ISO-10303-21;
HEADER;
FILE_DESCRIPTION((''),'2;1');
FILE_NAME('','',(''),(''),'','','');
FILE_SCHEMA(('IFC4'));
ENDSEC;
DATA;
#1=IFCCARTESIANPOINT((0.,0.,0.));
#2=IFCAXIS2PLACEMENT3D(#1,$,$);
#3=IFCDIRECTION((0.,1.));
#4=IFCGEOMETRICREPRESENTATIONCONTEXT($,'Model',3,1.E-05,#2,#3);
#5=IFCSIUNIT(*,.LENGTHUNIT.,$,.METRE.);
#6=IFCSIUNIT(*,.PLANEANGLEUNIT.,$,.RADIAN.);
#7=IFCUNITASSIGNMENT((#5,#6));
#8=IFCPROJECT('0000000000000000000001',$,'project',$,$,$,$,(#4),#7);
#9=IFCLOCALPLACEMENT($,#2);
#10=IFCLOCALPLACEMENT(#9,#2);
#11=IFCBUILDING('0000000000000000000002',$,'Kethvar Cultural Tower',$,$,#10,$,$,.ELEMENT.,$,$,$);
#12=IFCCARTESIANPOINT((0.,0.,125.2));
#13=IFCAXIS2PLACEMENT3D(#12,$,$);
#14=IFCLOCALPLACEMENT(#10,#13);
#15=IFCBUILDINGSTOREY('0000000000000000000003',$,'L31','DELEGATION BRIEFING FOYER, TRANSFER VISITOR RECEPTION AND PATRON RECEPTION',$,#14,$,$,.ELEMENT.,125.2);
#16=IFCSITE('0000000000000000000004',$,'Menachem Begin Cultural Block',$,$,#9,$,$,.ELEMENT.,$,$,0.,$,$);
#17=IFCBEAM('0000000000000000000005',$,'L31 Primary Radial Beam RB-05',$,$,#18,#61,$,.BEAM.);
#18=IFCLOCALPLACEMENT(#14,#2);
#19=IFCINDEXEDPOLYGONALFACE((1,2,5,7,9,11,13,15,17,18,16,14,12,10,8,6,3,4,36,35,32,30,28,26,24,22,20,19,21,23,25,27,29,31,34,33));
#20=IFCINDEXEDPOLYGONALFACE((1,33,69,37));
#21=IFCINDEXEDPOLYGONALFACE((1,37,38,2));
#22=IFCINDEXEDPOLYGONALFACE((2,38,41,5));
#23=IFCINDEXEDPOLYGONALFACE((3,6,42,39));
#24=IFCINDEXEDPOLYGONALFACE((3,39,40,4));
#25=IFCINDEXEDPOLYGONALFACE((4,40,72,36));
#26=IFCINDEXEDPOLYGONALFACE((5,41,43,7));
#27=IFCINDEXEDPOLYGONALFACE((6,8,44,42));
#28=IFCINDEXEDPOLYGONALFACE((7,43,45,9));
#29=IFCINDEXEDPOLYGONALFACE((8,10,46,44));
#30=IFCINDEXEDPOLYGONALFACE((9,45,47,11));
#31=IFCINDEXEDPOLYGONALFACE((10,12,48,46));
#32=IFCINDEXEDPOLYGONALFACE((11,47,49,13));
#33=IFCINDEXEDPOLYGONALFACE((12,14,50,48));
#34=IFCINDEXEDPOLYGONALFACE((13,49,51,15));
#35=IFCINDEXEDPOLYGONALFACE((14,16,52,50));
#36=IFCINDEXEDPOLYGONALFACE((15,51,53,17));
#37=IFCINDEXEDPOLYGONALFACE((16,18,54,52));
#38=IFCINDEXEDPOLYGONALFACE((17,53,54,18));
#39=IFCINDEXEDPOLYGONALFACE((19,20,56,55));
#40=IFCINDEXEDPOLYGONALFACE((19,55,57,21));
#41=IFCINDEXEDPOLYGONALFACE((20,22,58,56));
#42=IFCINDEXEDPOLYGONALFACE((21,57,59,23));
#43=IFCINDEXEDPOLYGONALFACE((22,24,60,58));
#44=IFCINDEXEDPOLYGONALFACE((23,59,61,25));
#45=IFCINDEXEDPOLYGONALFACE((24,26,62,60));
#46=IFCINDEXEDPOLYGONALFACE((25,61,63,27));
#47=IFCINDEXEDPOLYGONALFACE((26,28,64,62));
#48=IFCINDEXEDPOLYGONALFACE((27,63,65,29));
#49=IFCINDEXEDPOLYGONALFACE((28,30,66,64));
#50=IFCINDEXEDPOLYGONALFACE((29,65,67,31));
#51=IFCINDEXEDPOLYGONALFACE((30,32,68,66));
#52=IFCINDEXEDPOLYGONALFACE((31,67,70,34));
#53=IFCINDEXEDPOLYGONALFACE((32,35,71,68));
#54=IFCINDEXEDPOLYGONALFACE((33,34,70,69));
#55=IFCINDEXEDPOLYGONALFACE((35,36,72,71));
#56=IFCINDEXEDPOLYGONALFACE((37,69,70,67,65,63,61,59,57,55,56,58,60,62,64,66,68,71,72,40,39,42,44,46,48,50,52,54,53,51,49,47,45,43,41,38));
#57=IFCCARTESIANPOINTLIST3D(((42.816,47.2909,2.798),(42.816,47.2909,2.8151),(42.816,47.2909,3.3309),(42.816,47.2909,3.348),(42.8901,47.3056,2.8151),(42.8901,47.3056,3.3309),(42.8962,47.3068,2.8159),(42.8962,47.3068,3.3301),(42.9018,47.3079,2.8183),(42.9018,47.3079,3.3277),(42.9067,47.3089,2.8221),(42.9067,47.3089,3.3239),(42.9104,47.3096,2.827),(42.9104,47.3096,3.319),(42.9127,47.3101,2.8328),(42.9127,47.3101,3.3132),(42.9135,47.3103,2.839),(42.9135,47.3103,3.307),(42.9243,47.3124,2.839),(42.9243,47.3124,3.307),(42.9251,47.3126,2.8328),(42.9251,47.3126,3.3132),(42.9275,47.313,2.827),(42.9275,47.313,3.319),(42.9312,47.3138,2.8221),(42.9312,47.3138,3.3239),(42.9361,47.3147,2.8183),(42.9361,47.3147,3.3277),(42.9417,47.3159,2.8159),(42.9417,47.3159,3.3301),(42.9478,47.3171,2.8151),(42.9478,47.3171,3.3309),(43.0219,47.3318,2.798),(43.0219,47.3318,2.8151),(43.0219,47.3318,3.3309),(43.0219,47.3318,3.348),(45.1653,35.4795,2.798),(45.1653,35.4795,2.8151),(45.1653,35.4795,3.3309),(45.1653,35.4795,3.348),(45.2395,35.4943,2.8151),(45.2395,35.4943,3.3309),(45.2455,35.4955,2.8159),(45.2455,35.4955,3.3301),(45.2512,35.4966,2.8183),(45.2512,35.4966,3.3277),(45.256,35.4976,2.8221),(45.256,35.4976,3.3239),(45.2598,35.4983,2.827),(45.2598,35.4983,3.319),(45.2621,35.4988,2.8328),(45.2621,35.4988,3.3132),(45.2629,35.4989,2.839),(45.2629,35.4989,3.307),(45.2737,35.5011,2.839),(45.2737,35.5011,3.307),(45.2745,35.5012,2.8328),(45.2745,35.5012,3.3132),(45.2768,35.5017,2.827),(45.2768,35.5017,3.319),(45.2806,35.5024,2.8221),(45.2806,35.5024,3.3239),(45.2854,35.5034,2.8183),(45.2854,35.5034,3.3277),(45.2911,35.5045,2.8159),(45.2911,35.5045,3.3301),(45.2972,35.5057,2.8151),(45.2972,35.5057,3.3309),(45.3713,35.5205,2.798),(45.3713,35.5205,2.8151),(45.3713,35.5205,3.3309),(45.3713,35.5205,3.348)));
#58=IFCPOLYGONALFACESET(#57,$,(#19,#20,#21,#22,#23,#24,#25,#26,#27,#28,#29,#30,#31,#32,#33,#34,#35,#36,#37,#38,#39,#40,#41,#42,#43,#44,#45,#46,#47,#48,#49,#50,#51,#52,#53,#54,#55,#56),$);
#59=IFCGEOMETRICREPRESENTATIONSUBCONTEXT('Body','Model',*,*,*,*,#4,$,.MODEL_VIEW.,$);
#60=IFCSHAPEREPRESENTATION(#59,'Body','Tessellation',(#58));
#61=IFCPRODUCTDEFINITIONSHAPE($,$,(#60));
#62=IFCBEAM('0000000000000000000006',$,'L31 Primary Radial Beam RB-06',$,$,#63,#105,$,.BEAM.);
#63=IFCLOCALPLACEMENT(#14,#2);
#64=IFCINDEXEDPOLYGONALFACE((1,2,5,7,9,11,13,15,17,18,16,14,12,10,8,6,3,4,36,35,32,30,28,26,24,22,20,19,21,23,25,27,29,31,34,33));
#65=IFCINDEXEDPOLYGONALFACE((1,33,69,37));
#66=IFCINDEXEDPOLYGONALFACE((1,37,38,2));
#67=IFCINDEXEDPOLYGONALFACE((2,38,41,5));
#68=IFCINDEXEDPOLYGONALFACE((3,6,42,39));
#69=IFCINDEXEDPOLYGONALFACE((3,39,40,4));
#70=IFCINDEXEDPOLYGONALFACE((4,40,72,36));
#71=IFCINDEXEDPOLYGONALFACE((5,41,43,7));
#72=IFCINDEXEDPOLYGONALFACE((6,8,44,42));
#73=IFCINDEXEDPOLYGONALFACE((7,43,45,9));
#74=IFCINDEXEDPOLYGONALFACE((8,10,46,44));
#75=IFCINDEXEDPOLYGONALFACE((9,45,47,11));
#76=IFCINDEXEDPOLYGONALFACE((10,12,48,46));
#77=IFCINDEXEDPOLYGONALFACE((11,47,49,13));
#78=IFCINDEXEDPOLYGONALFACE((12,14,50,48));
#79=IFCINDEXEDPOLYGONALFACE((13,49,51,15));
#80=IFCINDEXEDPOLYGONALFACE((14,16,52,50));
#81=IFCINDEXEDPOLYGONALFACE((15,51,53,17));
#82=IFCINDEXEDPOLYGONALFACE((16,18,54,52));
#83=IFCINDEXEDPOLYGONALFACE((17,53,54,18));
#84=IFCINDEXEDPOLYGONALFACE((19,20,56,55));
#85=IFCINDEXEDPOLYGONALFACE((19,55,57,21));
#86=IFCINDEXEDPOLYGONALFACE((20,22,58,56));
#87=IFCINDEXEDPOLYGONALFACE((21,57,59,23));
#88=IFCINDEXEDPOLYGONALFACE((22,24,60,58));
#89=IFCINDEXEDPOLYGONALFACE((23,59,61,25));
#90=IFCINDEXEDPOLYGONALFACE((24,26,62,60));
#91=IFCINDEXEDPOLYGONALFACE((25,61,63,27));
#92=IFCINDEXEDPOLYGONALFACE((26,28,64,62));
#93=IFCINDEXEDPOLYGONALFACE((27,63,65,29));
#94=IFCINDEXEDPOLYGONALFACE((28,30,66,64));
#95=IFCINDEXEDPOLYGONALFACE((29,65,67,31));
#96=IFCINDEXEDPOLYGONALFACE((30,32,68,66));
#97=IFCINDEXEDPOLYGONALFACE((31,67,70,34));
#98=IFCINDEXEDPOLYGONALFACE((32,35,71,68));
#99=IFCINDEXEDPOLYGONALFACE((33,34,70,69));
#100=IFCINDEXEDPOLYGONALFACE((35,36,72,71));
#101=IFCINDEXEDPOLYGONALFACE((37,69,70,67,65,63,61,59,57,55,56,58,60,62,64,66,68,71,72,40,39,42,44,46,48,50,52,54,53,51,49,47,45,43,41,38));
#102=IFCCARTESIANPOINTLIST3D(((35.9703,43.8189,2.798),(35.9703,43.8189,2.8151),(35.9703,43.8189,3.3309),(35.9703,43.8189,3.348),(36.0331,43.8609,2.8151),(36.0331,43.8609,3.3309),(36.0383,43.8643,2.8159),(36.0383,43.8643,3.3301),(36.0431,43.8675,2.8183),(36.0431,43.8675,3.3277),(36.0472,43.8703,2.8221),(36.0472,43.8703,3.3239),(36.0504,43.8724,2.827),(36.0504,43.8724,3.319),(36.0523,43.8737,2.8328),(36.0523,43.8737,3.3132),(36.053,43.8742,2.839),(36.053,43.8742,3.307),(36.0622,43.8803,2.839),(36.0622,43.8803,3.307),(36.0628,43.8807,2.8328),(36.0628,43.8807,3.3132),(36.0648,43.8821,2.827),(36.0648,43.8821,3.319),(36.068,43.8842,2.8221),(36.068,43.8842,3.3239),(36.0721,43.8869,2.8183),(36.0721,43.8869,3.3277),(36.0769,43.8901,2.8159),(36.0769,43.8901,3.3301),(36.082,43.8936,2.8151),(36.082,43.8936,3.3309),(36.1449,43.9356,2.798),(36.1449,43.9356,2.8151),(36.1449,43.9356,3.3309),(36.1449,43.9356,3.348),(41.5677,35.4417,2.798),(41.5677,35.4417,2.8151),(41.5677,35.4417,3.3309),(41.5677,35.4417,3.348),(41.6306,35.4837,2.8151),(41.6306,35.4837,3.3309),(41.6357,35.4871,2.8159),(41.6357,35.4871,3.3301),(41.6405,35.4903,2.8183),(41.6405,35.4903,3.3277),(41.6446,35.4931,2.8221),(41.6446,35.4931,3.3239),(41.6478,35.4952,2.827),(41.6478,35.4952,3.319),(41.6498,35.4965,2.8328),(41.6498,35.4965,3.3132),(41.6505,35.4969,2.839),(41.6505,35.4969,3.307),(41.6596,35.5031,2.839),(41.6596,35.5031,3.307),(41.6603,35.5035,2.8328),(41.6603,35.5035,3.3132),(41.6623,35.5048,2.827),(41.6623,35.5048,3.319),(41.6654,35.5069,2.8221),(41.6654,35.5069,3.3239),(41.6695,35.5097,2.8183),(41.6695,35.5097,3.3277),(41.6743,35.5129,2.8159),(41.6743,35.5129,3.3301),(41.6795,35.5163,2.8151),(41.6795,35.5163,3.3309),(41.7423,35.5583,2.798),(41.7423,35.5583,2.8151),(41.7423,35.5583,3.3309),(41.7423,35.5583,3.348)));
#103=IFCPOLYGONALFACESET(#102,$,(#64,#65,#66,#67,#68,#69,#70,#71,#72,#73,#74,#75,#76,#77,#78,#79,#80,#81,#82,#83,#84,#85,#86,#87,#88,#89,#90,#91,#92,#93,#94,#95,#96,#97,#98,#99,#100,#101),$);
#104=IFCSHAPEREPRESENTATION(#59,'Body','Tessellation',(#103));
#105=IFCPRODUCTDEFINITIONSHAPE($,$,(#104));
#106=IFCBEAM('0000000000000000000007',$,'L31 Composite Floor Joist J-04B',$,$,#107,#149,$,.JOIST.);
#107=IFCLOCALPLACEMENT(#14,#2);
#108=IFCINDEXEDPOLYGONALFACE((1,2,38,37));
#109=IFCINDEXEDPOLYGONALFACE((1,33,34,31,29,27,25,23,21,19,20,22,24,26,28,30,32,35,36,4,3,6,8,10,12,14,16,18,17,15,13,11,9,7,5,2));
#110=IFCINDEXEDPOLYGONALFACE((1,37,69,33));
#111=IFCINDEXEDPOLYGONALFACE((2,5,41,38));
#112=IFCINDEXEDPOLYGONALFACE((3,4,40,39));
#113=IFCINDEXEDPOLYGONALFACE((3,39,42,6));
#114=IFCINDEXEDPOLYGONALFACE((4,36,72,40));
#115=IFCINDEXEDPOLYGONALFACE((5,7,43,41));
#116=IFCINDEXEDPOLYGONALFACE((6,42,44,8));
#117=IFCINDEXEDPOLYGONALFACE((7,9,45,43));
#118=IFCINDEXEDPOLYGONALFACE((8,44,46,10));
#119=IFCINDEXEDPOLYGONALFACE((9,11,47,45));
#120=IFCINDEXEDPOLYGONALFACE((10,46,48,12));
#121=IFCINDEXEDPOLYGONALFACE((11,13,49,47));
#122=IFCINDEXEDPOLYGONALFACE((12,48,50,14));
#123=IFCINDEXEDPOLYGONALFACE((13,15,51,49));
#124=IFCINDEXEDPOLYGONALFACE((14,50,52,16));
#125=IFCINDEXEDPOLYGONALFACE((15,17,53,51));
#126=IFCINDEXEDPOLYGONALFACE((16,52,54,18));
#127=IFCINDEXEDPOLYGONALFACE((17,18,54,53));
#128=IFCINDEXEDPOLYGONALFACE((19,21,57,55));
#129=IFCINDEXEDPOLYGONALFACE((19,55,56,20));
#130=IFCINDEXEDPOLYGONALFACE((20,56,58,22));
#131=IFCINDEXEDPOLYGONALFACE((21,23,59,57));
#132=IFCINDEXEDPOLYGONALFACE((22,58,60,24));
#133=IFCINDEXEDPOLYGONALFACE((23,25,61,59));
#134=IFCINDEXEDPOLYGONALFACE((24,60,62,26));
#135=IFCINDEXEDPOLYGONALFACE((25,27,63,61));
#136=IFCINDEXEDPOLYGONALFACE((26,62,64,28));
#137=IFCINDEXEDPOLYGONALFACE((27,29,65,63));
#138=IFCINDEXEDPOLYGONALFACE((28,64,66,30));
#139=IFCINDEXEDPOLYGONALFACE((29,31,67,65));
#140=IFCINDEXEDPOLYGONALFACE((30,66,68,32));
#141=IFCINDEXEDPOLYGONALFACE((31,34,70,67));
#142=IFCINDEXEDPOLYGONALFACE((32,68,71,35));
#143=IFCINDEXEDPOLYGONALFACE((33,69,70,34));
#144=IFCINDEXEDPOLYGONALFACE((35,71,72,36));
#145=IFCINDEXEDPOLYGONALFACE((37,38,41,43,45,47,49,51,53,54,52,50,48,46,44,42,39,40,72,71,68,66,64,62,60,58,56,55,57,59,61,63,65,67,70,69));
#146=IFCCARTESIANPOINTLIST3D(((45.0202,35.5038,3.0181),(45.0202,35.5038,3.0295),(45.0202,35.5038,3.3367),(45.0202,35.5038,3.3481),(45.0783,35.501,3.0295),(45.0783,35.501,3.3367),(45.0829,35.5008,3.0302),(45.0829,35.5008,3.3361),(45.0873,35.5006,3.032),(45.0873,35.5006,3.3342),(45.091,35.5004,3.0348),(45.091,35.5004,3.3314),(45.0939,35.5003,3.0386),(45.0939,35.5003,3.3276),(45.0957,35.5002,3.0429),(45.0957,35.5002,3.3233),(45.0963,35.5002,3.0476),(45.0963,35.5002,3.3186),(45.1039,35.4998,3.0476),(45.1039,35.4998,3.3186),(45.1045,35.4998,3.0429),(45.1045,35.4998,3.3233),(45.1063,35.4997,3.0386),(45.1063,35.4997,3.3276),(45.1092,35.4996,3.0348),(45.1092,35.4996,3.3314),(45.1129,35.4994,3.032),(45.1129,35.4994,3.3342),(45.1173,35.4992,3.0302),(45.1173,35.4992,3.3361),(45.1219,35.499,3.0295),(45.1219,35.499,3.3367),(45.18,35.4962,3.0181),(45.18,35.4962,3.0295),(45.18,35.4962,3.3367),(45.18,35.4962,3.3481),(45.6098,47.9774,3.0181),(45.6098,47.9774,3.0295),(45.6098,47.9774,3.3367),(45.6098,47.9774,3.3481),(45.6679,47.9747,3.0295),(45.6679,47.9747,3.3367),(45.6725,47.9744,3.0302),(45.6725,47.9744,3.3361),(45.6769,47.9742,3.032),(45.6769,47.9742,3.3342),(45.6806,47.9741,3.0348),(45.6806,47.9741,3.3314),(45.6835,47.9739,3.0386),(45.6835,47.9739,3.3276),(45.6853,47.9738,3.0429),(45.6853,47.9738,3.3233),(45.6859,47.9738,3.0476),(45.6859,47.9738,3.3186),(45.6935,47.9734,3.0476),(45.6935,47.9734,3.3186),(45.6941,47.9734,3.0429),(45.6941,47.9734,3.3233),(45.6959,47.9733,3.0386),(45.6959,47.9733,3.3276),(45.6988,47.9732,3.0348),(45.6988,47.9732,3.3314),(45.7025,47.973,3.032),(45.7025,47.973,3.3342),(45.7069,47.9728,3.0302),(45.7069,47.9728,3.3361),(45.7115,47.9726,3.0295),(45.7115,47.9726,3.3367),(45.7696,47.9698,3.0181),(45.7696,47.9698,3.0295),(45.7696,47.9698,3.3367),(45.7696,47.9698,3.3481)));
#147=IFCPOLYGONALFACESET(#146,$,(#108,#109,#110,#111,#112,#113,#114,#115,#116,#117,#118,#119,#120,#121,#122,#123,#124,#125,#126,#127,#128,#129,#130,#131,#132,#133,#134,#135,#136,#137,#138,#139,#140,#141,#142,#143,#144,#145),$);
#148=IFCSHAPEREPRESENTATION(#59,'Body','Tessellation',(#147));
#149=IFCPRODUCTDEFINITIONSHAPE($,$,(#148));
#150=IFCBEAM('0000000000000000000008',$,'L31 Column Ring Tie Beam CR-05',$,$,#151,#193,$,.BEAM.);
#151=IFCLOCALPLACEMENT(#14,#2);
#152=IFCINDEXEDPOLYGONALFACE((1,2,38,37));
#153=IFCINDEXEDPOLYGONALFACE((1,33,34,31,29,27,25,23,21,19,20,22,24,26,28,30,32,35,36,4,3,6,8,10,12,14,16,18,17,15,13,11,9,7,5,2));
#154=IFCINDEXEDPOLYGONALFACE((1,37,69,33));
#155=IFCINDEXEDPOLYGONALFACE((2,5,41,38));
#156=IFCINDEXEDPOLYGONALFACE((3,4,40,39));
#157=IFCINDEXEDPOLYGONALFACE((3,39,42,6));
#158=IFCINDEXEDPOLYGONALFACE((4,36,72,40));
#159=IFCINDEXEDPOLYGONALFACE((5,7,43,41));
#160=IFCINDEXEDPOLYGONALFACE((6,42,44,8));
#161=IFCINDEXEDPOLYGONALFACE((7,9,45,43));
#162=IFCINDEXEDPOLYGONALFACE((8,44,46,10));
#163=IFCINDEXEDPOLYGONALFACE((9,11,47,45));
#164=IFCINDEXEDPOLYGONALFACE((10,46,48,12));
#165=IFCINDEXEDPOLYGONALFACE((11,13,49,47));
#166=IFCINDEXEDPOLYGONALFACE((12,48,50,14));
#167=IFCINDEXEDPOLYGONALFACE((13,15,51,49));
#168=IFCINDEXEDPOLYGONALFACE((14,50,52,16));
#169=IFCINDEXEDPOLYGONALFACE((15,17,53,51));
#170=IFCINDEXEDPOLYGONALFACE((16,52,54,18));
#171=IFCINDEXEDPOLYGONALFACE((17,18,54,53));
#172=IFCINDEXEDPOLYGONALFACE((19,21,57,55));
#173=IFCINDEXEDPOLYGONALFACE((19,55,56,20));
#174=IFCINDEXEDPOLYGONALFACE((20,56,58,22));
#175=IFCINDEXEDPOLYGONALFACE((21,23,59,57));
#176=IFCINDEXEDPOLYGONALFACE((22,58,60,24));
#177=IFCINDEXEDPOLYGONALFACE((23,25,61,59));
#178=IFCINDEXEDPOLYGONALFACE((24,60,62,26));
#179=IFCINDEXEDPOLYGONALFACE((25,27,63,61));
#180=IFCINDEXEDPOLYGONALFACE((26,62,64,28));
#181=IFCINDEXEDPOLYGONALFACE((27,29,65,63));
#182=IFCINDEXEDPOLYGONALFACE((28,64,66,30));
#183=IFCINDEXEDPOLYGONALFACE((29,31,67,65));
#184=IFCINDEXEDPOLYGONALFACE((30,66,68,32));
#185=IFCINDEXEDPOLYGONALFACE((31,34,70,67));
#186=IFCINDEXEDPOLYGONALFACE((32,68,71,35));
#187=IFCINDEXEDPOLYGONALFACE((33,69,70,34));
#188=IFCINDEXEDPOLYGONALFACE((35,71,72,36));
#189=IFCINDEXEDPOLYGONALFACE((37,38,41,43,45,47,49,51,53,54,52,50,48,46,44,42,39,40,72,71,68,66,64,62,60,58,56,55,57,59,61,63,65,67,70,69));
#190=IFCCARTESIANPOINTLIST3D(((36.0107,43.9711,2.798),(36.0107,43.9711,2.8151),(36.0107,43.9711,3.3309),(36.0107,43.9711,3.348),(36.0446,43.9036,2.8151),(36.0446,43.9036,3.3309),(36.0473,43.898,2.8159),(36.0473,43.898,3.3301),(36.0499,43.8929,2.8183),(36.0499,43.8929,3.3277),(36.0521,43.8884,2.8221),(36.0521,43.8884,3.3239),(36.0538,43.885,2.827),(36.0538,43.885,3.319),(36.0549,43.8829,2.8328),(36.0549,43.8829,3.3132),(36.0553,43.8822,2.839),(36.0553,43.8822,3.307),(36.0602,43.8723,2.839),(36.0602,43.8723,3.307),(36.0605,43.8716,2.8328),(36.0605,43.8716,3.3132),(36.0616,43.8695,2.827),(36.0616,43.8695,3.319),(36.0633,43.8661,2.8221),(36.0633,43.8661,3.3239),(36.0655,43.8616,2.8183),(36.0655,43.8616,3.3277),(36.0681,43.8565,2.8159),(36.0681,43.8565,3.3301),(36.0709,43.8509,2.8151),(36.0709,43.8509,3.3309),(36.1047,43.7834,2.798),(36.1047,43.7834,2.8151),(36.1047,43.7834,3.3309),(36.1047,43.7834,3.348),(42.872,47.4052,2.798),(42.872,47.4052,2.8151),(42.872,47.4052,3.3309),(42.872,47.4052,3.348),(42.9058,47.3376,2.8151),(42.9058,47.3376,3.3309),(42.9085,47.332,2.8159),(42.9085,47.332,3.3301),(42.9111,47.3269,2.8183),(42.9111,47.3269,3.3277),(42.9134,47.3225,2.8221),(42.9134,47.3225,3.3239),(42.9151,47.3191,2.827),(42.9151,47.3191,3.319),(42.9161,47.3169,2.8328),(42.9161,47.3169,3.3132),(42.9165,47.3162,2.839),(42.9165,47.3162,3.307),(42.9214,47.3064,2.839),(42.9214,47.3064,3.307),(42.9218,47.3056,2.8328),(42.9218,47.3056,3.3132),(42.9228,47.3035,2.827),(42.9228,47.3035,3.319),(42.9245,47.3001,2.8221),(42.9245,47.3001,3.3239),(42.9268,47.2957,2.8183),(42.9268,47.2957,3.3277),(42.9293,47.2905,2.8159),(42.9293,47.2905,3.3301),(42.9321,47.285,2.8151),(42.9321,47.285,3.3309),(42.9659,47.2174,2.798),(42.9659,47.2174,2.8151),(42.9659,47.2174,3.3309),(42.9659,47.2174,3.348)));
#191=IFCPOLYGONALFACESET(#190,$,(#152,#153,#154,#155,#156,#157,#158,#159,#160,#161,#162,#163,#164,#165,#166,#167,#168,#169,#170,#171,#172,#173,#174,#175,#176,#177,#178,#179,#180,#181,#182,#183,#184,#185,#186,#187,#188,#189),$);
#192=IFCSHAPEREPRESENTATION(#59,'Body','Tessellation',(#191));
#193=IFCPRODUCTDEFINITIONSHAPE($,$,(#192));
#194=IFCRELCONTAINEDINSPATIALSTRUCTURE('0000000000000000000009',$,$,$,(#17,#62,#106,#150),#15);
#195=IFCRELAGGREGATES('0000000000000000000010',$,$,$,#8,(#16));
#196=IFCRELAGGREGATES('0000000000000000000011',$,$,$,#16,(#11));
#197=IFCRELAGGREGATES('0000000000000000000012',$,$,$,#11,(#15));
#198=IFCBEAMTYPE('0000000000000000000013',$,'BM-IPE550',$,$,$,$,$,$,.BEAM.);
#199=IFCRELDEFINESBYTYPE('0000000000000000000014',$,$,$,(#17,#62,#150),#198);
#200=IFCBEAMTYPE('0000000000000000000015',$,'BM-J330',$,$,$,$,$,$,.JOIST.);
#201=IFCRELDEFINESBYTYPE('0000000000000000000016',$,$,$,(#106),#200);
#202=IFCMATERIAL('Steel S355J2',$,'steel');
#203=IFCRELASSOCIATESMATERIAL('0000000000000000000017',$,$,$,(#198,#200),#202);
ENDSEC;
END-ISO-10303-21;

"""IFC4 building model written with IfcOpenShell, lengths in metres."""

from ifc_helpers import new_model, si_unit, direction, frame, origin, origin_2d, place, context, subcontext, project, spatial, i_section, extrude, source, transform, mapped, material, material_profile, profile_set, type_object, element, save


model = new_model("IFC4")

# Units and contexts
model_context = context("Model", 3, precision=1e-05, world=origin(), true_north=direction((0.0, 1.0)))
body_context = subcontext(model_context, "Body", "Model", "MODEL_VIEW")
ifc_project = project(units=[si_unit("LENGTHUNIT", "METRE"), si_unit("PLANEANGLEUNIT", "RADIAN")], contexts=[model_context])

# Site, building, storey
site_placement = place(None, origin())
site = spatial("IfcSite", under=ifc_project, at=site_placement, Name="Menachem Begin Cultural Block", CompositionType="ELEMENT", RefElevation=0.0)
building_placement = place(site_placement, origin())
building = spatial("IfcBuilding", under=site, at=building_placement, Name="Kethvar Cultural Tower", CompositionType="ELEMENT")
storey_placement = place(building_placement, frame((0.0, 0.0, 125.2)))
storey = spatial("IfcBuildingStorey", under=building, at=storey_placement, Name="L31", Description="DELEGATION BRIEFING FOYER, TRANSFER VISITOR RECEPTION AND PATRON RECEPTION", CompositionType="ELEMENT", Elevation=125.2)

# Beams
ifc_material_1 = material(Name="Steel S355J2", Category="steel")
ifc_material_profile_1 = material_profile(ifc_material_1, i_section(OverallWidth=0.21, OverallDepth=0.55, WebThickness=0.011, FlangeThickness=0.0171, FilletRadius=0.0239, at=origin_2d()), Name="Steel S355J2 — IPE550")
ifc_profile_set_1 = profile_set([ifc_material_profile_1], Name="Steel S355J2 — IPE550")
beam_type_1 = type_object("IfcBeamType", Name="BM-IPE550", PredefinedType="BEAM", material=ifc_profile_set_1)
shared_shape_1 = source(origin(), body_context, "Body", "SweptSolid", [
    extrude(i_section(OverallWidth=0.21, OverallDepth=0.55, WebThickness=0.011, FlangeThickness=0.0171, FilletRadius=0.0239, at=origin_2d()), origin(), (0.0, 0.0, 1.0), 12.0427),
])
beam_1_placement = place(storey_placement, frame((45.2683, 35.5, 3.073), z_axis=(-0.195087, 0.980786, 0.0), x_axis=(-0.980786, -0.195087, 0.0)))
element("IfcBeam", 1, at=beam_1_placement, inside=storey, type_object=beam_type_1, Name="L31 Primary Radial Beam RB-05", PredefinedType="BEAM", context=body_context, shape_type="MappedRepresentation", body=[
    mapped(shared_shape_1, transform((0.0, 0.0, 0.0), scale=1.0)),
])
shared_shape_2 = source(origin(), body_context, "Body", "SweptSolid", [
    extrude(i_section(OverallWidth=0.21, OverallDepth=0.55, WebThickness=0.011, FlangeThickness=0.0171, FilletRadius=0.0239, at=origin_2d()), origin(), (0.0, 0.0, 1.0), 10.0752),
])
beam_2_placement = place(storey_placement, frame((41.655, 35.5, 3.073), z_axis=(-0.555567, 0.831472, 0.0), x_axis=(-0.831472, -0.555567, 0.0)))
element("IfcBeam", 2, at=beam_2_placement, inside=storey, type_object=beam_type_1, Name="L31 Primary Radial Beam RB-06", PredefinedType="BEAM", context=body_context, shape_type="MappedRepresentation", body=[
    mapped(shared_shape_2, transform((0.0, 0.0, 0.0), scale=1.0)),
])
ifc_material_profile_2 = material_profile(ifc_material_1, i_section(OverallWidth=0.1599, OverallDepth=0.3301, WebThickness=0.0076, FlangeThickness=0.0115, FilletRadius=0.0181, at=origin_2d()), Name="Steel S355J2 — IPE330")
ifc_profile_set_2 = profile_set([ifc_material_profile_2], Name="Steel S355J2 — IPE330")
beam_type_2 = type_object("IfcBeamType", Name="BM-J330", PredefinedType="JOIST", material=ifc_profile_set_2)
shared_shape_3 = source(origin(), body_context, "Body", "SweptSolid", [
    extrude(i_section(OverallWidth=0.1599, OverallDepth=0.3301, WebThickness=0.0076, FlangeThickness=0.0115, FilletRadius=0.0181, at=origin_2d()), origin(), (0.0, 0.0, 1.0), 12.4875),
])
beam_3_placement = place(storey_placement, frame((45.1001, 35.5, 3.1831), z_axis=(0.047215, 0.998885, 0.0), x_axis=(-0.998885, 0.047215, 0.0)))
element("IfcBeam", 3, at=beam_3_placement, inside=storey, type_object=beam_type_2, Name="L31 Composite Floor Joist J-04B", PredefinedType="JOIST", context=body_context, shape_type="MappedRepresentation", body=[
    mapped(shared_shape_3, transform((0.0, 0.0, 0.0), scale=1.0)),
])
shared_shape_4 = source(origin(), body_context, "Body", "SweptSolid", [
    extrude(i_section(OverallWidth=0.21, OverallDepth=0.55, WebThickness=0.011, FlangeThickness=0.0171, FilletRadius=0.0239, at=origin_2d()), origin(), (0.0, 0.0, 1.0), 7.6726),
])
beam_4_placement = place(storey_placement, frame((42.9189, 47.3113, 3.073), z_axis=(-0.894249, -0.44757, 0.0), x_axis=(0.44757, -0.894249, 0.0)))
element("IfcBeam", 4, at=beam_4_placement, inside=storey, type_object=beam_type_1, Name="L31 Column Ring Tie Beam CR-05", PredefinedType="BEAM", context=body_context, shape_type="MappedRepresentation", body=[
    mapped(shared_shape_4, transform((0.0, 0.0, 0.0), scale=1.0)),
])

save(model, "model.ifc")
